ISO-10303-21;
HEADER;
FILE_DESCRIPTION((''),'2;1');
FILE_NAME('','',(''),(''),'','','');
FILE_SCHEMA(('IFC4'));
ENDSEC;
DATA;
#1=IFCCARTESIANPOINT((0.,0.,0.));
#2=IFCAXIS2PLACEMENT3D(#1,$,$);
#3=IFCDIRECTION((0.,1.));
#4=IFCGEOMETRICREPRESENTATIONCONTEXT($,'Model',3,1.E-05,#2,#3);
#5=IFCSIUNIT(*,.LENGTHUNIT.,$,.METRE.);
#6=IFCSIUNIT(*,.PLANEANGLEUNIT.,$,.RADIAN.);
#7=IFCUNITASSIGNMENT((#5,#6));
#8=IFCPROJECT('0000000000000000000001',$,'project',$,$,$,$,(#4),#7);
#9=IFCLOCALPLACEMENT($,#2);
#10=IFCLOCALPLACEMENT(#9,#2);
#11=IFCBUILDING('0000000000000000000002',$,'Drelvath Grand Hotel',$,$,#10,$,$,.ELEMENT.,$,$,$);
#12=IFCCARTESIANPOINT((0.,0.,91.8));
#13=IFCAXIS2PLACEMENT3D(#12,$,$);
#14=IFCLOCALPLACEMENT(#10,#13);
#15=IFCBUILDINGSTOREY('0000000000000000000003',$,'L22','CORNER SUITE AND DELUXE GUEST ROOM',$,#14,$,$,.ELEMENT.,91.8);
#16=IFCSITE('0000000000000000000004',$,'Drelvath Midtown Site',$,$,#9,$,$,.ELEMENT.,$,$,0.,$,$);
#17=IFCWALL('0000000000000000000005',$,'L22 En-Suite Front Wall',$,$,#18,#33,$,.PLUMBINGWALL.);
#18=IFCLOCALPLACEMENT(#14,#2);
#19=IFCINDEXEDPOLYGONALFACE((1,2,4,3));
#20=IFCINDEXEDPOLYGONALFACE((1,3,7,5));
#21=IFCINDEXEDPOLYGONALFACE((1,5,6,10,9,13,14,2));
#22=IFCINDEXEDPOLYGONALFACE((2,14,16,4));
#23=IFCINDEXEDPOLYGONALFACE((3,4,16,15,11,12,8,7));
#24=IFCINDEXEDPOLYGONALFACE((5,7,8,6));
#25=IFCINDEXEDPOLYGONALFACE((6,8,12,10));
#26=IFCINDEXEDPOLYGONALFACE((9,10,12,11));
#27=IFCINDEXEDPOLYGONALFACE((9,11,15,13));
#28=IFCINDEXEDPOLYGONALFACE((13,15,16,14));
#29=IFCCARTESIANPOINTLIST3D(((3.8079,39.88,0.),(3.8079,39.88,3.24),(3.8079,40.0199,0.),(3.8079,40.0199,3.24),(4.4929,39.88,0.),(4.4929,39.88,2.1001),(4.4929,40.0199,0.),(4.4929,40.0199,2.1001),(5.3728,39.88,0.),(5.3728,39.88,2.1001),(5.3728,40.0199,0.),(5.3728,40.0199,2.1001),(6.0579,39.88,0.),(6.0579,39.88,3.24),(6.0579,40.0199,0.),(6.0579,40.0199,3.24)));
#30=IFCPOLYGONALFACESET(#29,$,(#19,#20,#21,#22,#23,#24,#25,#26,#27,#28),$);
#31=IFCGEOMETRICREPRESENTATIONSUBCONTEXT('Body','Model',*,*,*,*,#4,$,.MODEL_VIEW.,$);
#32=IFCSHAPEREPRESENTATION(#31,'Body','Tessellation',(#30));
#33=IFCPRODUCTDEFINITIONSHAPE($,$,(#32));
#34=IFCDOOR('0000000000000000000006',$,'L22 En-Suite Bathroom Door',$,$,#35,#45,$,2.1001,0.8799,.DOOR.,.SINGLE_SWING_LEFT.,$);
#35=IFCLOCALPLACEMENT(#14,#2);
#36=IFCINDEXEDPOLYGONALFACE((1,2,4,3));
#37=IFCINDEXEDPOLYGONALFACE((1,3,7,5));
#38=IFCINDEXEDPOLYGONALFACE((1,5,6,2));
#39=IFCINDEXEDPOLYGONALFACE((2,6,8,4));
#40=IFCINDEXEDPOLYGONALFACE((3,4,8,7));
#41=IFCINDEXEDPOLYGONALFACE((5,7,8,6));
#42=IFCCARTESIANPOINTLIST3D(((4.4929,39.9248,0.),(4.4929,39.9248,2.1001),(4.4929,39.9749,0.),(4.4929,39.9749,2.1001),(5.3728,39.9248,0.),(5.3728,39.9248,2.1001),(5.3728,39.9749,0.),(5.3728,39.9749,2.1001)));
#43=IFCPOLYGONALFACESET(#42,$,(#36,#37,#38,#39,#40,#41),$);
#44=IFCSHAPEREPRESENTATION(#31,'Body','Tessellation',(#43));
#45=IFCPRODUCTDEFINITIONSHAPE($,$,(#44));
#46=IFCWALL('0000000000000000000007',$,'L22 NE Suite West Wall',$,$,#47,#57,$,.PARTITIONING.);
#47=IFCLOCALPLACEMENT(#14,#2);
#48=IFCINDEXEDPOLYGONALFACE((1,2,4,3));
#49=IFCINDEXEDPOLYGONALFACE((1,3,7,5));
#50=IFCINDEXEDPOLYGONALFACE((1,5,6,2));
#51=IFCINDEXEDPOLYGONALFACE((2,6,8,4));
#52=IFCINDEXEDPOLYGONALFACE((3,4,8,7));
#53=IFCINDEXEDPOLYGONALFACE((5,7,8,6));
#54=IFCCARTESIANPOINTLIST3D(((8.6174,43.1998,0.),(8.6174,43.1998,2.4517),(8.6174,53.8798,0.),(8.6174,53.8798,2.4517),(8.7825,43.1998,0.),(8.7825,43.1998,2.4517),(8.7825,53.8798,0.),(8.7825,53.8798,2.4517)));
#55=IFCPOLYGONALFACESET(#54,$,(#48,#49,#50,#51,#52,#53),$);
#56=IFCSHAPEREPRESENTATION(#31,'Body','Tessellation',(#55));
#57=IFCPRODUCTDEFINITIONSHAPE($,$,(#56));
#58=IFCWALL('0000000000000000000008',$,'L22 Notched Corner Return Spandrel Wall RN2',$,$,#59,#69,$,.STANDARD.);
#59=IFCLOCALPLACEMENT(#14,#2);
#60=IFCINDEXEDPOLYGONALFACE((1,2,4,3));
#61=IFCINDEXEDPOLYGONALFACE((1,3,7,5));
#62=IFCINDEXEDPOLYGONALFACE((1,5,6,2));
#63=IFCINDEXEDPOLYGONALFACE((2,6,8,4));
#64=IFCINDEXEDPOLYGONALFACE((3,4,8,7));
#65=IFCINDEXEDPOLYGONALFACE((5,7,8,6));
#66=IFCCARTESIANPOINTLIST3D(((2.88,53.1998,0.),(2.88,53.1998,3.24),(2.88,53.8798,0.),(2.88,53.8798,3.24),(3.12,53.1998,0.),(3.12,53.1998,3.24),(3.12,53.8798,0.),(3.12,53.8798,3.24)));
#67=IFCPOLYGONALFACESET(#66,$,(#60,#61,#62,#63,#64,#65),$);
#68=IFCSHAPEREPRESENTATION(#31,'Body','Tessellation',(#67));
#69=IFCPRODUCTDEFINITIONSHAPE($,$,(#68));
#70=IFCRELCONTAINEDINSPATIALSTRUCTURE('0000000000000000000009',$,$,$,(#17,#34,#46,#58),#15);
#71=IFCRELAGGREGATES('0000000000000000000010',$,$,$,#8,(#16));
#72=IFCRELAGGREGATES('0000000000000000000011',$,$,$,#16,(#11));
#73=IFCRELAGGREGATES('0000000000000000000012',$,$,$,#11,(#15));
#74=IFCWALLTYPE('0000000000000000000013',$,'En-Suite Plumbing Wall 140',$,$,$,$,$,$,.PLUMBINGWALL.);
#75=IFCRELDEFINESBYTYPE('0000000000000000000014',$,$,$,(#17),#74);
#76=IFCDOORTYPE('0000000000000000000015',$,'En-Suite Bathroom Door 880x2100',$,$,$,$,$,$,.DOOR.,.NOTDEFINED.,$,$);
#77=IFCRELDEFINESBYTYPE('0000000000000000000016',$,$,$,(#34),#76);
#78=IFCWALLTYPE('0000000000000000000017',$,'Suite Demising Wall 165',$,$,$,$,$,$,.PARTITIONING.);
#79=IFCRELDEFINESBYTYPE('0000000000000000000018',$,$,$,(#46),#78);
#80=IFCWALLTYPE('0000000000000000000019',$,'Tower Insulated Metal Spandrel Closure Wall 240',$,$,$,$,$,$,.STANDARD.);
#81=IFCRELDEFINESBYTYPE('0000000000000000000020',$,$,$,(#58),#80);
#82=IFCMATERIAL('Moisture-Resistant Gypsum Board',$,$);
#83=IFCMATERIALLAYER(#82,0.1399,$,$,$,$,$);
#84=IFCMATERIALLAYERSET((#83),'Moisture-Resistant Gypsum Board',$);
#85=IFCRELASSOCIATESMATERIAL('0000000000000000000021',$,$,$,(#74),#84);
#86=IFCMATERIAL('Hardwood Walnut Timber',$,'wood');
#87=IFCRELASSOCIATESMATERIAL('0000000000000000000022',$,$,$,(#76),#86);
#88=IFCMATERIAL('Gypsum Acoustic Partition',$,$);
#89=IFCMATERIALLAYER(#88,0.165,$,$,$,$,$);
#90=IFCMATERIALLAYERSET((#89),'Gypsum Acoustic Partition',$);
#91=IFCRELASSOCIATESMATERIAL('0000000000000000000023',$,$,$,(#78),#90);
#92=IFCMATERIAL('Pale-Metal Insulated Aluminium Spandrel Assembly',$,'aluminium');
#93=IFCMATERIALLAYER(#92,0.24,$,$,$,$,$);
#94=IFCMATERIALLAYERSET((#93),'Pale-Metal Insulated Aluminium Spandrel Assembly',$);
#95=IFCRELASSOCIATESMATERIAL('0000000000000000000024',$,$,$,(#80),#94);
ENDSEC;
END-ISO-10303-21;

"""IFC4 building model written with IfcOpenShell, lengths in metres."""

from ifc_helpers import new_model, si_unit, direction, frame, frame_2d, origin, place, context, subcontext, project, spatial, rectangle, extrude, material, layer, layer_set, type_object, element, fill, save


model = new_model("IFC4")

# Units and contexts
model_context = context("Model", 3, precision=1e-05, world=origin(), true_north=direction((0.0, 1.0)))
body_context = subcontext(model_context, "Body", "Model", "MODEL_VIEW")
ifc_project = project(units=[si_unit("LENGTHUNIT", "METRE"), si_unit("PLANEANGLEUNIT", "RADIAN")], contexts=[model_context])

# Site, building, storey
site_placement = place(None, origin())
site = spatial("IfcSite", under=ifc_project, at=site_placement, Name="Drelvath Midtown Site", CompositionType="ELEMENT", RefElevation=0.0)
building_placement = place(site_placement, origin())
building = spatial("IfcBuilding", under=site, at=building_placement, Name="Drelvath Grand Hotel", CompositionType="ELEMENT")
storey_placement = place(building_placement, frame((0.0, 0.0, 91.8)))
storey = spatial("IfcBuildingStorey", under=building, at=storey_placement, Name="L22", Description="CORNER SUITE AND DELUXE GUEST ROOM", CompositionType="ELEMENT", Elevation=91.8)

# Shared definitions
ifc_material_1 = material(Name="Hardwood Walnut Timber", Category="wood")

# Shared definitions
ifc_material_2 = material(Name="Moisture-Resistant Gypsum Board")
ifc_layer_1 = layer(ifc_material_2, 0.1399)
ifc_layer_set_1 = layer_set([ifc_layer_1], Name="Moisture-Resistant Gypsum Board")
wall_type_1 = type_object("IfcWallType", Name="En-Suite Plumbing Wall 140", PredefinedType="PLUMBINGWALL", material=ifc_layer_set_1)

# Wall, opening, door
door_type_1 = type_object("IfcDoorType", Name="En-Suite Bathroom Door 880x2100", OperationType="NOTDEFINED", PredefinedType="DOOR", material=ifc_material_1)
wall_1_placement = place(storey_placement, frame((3.8079, 39.95, 0.0), z_axis=(0.0, 0.0, 1.0), x_axis=(1.0, 0.0, 0.0)))
wall_1 = element("IfcWall", 1, at=wall_1_placement, inside=storey, type_object=wall_type_1, Name="L22 En-Suite Front Wall", PredefinedType="PLUMBINGWALL", context=body_context, shape_type="SweptSolid", body=[
    extrude(rectangle(XDim=2.25, YDim=0.1399, at=frame_2d((1.125, 0.0))), origin(), (0.0, 0.0, 1.0), 3.24),
])
opening_1_placement = place(wall_1_placement, frame((0.6851, 0.0, 0.0)))
opening_1 = element("IfcOpeningElement", 2, at=opening_1_placement, cuts=wall_1, PredefinedType="OPENING", context=body_context, shape_type="SweptSolid", body=[
    extrude(rectangle(XDim=0.8799, YDim=2.1001, at=frame_2d((0.4399, 1.05))), frame((0.0, 0.0798, 0.0), z_axis=(0.0, -1.0, 0.0), x_axis=(1.0, 0.0, 0.0)), (0.0, 0.0, 1.0), 0.1599),
])
door_1_placement = place(opening_1_placement, origin())
door_1 = element("IfcDoor", 3, at=door_1_placement, inside=storey, type_object=door_type_1, Name="L22 En-Suite Bathroom Door", OperationType="SINGLE_SWING_LEFT", OverallHeight=2.1001, OverallWidth=0.8799, PredefinedType="DOOR", context=body_context, shape_type="SweptSolid", body=[
    extrude(rectangle(XDim=0.8799, YDim=2.1001, at=frame_2d((0.4399, 1.05))), frame((0.0, 0.0249, 0.0), z_axis=(0.0, -1.0, 0.0), x_axis=(1.0, 0.0, 0.0)), (0.0, 0.0, 1.0), 0.05),
])
fill(opening_1, door_1)

# Walls
ifc_material_3 = material(Name="Gypsum Acoustic Partition")
ifc_layer_2 = layer(ifc_material_3, 0.165)
ifc_layer_set_2 = layer_set([ifc_layer_2], Name="Gypsum Acoustic Partition")
wall_type_2 = type_object("IfcWallType", Name="Suite Demising Wall 165", PredefinedType="PARTITIONING", material=ifc_layer_set_2)
wall_2_placement = place(storey_placement, frame((8.7, 43.2, 0.0), z_axis=(0.0, 0.0, 1.0), x_axis=(0.0, 1.0, 0.0)))
element("IfcWall", 4, at=wall_2_placement, inside=storey, type_object=wall_type_2, Name="L22 NE Suite West Wall", PredefinedType="PARTITIONING", context=body_context, shape_type="SweptSolid", body=[
    extrude(rectangle(XDim=10.6799, YDim=0.165, at=frame_2d((5.3398, 0.0))), origin(), (0.0, 0.0, 1.0), 2.4517),
])
ifc_material_4 = material(Name="Pale-Metal Insulated Aluminium Spandrel Assembly", Category="aluminium")
ifc_layer_3 = layer(ifc_material_4, 0.24)
ifc_layer_set_3 = layer_set([ifc_layer_3], Name="Pale-Metal Insulated Aluminium Spandrel Assembly")
wall_type_3 = type_object("IfcWallType", Name="Tower Insulated Metal Spandrel Closure Wall 240", PredefinedType="STANDARD", material=ifc_layer_set_3)
wall_3_placement = place(storey_placement, frame((3.0, 53.2, 0.0), z_axis=(0.0, 0.0, 1.0), x_axis=(0.0, 1.0, 0.0)))
element("IfcWall", 5, at=wall_3_placement, inside=storey, type_object=wall_type_3, Name="L22 Notched Corner Return Spandrel Wall RN2", PredefinedType="STANDARD", context=body_context, shape_type="SweptSolid", body=[
    extrude(rectangle(XDim=0.6799, YDim=0.24, at=frame_2d((0.3398, 0.0))), origin(), (0.0, 0.0, 1.0), 3.24),
])

save(model, "model.ifc")
